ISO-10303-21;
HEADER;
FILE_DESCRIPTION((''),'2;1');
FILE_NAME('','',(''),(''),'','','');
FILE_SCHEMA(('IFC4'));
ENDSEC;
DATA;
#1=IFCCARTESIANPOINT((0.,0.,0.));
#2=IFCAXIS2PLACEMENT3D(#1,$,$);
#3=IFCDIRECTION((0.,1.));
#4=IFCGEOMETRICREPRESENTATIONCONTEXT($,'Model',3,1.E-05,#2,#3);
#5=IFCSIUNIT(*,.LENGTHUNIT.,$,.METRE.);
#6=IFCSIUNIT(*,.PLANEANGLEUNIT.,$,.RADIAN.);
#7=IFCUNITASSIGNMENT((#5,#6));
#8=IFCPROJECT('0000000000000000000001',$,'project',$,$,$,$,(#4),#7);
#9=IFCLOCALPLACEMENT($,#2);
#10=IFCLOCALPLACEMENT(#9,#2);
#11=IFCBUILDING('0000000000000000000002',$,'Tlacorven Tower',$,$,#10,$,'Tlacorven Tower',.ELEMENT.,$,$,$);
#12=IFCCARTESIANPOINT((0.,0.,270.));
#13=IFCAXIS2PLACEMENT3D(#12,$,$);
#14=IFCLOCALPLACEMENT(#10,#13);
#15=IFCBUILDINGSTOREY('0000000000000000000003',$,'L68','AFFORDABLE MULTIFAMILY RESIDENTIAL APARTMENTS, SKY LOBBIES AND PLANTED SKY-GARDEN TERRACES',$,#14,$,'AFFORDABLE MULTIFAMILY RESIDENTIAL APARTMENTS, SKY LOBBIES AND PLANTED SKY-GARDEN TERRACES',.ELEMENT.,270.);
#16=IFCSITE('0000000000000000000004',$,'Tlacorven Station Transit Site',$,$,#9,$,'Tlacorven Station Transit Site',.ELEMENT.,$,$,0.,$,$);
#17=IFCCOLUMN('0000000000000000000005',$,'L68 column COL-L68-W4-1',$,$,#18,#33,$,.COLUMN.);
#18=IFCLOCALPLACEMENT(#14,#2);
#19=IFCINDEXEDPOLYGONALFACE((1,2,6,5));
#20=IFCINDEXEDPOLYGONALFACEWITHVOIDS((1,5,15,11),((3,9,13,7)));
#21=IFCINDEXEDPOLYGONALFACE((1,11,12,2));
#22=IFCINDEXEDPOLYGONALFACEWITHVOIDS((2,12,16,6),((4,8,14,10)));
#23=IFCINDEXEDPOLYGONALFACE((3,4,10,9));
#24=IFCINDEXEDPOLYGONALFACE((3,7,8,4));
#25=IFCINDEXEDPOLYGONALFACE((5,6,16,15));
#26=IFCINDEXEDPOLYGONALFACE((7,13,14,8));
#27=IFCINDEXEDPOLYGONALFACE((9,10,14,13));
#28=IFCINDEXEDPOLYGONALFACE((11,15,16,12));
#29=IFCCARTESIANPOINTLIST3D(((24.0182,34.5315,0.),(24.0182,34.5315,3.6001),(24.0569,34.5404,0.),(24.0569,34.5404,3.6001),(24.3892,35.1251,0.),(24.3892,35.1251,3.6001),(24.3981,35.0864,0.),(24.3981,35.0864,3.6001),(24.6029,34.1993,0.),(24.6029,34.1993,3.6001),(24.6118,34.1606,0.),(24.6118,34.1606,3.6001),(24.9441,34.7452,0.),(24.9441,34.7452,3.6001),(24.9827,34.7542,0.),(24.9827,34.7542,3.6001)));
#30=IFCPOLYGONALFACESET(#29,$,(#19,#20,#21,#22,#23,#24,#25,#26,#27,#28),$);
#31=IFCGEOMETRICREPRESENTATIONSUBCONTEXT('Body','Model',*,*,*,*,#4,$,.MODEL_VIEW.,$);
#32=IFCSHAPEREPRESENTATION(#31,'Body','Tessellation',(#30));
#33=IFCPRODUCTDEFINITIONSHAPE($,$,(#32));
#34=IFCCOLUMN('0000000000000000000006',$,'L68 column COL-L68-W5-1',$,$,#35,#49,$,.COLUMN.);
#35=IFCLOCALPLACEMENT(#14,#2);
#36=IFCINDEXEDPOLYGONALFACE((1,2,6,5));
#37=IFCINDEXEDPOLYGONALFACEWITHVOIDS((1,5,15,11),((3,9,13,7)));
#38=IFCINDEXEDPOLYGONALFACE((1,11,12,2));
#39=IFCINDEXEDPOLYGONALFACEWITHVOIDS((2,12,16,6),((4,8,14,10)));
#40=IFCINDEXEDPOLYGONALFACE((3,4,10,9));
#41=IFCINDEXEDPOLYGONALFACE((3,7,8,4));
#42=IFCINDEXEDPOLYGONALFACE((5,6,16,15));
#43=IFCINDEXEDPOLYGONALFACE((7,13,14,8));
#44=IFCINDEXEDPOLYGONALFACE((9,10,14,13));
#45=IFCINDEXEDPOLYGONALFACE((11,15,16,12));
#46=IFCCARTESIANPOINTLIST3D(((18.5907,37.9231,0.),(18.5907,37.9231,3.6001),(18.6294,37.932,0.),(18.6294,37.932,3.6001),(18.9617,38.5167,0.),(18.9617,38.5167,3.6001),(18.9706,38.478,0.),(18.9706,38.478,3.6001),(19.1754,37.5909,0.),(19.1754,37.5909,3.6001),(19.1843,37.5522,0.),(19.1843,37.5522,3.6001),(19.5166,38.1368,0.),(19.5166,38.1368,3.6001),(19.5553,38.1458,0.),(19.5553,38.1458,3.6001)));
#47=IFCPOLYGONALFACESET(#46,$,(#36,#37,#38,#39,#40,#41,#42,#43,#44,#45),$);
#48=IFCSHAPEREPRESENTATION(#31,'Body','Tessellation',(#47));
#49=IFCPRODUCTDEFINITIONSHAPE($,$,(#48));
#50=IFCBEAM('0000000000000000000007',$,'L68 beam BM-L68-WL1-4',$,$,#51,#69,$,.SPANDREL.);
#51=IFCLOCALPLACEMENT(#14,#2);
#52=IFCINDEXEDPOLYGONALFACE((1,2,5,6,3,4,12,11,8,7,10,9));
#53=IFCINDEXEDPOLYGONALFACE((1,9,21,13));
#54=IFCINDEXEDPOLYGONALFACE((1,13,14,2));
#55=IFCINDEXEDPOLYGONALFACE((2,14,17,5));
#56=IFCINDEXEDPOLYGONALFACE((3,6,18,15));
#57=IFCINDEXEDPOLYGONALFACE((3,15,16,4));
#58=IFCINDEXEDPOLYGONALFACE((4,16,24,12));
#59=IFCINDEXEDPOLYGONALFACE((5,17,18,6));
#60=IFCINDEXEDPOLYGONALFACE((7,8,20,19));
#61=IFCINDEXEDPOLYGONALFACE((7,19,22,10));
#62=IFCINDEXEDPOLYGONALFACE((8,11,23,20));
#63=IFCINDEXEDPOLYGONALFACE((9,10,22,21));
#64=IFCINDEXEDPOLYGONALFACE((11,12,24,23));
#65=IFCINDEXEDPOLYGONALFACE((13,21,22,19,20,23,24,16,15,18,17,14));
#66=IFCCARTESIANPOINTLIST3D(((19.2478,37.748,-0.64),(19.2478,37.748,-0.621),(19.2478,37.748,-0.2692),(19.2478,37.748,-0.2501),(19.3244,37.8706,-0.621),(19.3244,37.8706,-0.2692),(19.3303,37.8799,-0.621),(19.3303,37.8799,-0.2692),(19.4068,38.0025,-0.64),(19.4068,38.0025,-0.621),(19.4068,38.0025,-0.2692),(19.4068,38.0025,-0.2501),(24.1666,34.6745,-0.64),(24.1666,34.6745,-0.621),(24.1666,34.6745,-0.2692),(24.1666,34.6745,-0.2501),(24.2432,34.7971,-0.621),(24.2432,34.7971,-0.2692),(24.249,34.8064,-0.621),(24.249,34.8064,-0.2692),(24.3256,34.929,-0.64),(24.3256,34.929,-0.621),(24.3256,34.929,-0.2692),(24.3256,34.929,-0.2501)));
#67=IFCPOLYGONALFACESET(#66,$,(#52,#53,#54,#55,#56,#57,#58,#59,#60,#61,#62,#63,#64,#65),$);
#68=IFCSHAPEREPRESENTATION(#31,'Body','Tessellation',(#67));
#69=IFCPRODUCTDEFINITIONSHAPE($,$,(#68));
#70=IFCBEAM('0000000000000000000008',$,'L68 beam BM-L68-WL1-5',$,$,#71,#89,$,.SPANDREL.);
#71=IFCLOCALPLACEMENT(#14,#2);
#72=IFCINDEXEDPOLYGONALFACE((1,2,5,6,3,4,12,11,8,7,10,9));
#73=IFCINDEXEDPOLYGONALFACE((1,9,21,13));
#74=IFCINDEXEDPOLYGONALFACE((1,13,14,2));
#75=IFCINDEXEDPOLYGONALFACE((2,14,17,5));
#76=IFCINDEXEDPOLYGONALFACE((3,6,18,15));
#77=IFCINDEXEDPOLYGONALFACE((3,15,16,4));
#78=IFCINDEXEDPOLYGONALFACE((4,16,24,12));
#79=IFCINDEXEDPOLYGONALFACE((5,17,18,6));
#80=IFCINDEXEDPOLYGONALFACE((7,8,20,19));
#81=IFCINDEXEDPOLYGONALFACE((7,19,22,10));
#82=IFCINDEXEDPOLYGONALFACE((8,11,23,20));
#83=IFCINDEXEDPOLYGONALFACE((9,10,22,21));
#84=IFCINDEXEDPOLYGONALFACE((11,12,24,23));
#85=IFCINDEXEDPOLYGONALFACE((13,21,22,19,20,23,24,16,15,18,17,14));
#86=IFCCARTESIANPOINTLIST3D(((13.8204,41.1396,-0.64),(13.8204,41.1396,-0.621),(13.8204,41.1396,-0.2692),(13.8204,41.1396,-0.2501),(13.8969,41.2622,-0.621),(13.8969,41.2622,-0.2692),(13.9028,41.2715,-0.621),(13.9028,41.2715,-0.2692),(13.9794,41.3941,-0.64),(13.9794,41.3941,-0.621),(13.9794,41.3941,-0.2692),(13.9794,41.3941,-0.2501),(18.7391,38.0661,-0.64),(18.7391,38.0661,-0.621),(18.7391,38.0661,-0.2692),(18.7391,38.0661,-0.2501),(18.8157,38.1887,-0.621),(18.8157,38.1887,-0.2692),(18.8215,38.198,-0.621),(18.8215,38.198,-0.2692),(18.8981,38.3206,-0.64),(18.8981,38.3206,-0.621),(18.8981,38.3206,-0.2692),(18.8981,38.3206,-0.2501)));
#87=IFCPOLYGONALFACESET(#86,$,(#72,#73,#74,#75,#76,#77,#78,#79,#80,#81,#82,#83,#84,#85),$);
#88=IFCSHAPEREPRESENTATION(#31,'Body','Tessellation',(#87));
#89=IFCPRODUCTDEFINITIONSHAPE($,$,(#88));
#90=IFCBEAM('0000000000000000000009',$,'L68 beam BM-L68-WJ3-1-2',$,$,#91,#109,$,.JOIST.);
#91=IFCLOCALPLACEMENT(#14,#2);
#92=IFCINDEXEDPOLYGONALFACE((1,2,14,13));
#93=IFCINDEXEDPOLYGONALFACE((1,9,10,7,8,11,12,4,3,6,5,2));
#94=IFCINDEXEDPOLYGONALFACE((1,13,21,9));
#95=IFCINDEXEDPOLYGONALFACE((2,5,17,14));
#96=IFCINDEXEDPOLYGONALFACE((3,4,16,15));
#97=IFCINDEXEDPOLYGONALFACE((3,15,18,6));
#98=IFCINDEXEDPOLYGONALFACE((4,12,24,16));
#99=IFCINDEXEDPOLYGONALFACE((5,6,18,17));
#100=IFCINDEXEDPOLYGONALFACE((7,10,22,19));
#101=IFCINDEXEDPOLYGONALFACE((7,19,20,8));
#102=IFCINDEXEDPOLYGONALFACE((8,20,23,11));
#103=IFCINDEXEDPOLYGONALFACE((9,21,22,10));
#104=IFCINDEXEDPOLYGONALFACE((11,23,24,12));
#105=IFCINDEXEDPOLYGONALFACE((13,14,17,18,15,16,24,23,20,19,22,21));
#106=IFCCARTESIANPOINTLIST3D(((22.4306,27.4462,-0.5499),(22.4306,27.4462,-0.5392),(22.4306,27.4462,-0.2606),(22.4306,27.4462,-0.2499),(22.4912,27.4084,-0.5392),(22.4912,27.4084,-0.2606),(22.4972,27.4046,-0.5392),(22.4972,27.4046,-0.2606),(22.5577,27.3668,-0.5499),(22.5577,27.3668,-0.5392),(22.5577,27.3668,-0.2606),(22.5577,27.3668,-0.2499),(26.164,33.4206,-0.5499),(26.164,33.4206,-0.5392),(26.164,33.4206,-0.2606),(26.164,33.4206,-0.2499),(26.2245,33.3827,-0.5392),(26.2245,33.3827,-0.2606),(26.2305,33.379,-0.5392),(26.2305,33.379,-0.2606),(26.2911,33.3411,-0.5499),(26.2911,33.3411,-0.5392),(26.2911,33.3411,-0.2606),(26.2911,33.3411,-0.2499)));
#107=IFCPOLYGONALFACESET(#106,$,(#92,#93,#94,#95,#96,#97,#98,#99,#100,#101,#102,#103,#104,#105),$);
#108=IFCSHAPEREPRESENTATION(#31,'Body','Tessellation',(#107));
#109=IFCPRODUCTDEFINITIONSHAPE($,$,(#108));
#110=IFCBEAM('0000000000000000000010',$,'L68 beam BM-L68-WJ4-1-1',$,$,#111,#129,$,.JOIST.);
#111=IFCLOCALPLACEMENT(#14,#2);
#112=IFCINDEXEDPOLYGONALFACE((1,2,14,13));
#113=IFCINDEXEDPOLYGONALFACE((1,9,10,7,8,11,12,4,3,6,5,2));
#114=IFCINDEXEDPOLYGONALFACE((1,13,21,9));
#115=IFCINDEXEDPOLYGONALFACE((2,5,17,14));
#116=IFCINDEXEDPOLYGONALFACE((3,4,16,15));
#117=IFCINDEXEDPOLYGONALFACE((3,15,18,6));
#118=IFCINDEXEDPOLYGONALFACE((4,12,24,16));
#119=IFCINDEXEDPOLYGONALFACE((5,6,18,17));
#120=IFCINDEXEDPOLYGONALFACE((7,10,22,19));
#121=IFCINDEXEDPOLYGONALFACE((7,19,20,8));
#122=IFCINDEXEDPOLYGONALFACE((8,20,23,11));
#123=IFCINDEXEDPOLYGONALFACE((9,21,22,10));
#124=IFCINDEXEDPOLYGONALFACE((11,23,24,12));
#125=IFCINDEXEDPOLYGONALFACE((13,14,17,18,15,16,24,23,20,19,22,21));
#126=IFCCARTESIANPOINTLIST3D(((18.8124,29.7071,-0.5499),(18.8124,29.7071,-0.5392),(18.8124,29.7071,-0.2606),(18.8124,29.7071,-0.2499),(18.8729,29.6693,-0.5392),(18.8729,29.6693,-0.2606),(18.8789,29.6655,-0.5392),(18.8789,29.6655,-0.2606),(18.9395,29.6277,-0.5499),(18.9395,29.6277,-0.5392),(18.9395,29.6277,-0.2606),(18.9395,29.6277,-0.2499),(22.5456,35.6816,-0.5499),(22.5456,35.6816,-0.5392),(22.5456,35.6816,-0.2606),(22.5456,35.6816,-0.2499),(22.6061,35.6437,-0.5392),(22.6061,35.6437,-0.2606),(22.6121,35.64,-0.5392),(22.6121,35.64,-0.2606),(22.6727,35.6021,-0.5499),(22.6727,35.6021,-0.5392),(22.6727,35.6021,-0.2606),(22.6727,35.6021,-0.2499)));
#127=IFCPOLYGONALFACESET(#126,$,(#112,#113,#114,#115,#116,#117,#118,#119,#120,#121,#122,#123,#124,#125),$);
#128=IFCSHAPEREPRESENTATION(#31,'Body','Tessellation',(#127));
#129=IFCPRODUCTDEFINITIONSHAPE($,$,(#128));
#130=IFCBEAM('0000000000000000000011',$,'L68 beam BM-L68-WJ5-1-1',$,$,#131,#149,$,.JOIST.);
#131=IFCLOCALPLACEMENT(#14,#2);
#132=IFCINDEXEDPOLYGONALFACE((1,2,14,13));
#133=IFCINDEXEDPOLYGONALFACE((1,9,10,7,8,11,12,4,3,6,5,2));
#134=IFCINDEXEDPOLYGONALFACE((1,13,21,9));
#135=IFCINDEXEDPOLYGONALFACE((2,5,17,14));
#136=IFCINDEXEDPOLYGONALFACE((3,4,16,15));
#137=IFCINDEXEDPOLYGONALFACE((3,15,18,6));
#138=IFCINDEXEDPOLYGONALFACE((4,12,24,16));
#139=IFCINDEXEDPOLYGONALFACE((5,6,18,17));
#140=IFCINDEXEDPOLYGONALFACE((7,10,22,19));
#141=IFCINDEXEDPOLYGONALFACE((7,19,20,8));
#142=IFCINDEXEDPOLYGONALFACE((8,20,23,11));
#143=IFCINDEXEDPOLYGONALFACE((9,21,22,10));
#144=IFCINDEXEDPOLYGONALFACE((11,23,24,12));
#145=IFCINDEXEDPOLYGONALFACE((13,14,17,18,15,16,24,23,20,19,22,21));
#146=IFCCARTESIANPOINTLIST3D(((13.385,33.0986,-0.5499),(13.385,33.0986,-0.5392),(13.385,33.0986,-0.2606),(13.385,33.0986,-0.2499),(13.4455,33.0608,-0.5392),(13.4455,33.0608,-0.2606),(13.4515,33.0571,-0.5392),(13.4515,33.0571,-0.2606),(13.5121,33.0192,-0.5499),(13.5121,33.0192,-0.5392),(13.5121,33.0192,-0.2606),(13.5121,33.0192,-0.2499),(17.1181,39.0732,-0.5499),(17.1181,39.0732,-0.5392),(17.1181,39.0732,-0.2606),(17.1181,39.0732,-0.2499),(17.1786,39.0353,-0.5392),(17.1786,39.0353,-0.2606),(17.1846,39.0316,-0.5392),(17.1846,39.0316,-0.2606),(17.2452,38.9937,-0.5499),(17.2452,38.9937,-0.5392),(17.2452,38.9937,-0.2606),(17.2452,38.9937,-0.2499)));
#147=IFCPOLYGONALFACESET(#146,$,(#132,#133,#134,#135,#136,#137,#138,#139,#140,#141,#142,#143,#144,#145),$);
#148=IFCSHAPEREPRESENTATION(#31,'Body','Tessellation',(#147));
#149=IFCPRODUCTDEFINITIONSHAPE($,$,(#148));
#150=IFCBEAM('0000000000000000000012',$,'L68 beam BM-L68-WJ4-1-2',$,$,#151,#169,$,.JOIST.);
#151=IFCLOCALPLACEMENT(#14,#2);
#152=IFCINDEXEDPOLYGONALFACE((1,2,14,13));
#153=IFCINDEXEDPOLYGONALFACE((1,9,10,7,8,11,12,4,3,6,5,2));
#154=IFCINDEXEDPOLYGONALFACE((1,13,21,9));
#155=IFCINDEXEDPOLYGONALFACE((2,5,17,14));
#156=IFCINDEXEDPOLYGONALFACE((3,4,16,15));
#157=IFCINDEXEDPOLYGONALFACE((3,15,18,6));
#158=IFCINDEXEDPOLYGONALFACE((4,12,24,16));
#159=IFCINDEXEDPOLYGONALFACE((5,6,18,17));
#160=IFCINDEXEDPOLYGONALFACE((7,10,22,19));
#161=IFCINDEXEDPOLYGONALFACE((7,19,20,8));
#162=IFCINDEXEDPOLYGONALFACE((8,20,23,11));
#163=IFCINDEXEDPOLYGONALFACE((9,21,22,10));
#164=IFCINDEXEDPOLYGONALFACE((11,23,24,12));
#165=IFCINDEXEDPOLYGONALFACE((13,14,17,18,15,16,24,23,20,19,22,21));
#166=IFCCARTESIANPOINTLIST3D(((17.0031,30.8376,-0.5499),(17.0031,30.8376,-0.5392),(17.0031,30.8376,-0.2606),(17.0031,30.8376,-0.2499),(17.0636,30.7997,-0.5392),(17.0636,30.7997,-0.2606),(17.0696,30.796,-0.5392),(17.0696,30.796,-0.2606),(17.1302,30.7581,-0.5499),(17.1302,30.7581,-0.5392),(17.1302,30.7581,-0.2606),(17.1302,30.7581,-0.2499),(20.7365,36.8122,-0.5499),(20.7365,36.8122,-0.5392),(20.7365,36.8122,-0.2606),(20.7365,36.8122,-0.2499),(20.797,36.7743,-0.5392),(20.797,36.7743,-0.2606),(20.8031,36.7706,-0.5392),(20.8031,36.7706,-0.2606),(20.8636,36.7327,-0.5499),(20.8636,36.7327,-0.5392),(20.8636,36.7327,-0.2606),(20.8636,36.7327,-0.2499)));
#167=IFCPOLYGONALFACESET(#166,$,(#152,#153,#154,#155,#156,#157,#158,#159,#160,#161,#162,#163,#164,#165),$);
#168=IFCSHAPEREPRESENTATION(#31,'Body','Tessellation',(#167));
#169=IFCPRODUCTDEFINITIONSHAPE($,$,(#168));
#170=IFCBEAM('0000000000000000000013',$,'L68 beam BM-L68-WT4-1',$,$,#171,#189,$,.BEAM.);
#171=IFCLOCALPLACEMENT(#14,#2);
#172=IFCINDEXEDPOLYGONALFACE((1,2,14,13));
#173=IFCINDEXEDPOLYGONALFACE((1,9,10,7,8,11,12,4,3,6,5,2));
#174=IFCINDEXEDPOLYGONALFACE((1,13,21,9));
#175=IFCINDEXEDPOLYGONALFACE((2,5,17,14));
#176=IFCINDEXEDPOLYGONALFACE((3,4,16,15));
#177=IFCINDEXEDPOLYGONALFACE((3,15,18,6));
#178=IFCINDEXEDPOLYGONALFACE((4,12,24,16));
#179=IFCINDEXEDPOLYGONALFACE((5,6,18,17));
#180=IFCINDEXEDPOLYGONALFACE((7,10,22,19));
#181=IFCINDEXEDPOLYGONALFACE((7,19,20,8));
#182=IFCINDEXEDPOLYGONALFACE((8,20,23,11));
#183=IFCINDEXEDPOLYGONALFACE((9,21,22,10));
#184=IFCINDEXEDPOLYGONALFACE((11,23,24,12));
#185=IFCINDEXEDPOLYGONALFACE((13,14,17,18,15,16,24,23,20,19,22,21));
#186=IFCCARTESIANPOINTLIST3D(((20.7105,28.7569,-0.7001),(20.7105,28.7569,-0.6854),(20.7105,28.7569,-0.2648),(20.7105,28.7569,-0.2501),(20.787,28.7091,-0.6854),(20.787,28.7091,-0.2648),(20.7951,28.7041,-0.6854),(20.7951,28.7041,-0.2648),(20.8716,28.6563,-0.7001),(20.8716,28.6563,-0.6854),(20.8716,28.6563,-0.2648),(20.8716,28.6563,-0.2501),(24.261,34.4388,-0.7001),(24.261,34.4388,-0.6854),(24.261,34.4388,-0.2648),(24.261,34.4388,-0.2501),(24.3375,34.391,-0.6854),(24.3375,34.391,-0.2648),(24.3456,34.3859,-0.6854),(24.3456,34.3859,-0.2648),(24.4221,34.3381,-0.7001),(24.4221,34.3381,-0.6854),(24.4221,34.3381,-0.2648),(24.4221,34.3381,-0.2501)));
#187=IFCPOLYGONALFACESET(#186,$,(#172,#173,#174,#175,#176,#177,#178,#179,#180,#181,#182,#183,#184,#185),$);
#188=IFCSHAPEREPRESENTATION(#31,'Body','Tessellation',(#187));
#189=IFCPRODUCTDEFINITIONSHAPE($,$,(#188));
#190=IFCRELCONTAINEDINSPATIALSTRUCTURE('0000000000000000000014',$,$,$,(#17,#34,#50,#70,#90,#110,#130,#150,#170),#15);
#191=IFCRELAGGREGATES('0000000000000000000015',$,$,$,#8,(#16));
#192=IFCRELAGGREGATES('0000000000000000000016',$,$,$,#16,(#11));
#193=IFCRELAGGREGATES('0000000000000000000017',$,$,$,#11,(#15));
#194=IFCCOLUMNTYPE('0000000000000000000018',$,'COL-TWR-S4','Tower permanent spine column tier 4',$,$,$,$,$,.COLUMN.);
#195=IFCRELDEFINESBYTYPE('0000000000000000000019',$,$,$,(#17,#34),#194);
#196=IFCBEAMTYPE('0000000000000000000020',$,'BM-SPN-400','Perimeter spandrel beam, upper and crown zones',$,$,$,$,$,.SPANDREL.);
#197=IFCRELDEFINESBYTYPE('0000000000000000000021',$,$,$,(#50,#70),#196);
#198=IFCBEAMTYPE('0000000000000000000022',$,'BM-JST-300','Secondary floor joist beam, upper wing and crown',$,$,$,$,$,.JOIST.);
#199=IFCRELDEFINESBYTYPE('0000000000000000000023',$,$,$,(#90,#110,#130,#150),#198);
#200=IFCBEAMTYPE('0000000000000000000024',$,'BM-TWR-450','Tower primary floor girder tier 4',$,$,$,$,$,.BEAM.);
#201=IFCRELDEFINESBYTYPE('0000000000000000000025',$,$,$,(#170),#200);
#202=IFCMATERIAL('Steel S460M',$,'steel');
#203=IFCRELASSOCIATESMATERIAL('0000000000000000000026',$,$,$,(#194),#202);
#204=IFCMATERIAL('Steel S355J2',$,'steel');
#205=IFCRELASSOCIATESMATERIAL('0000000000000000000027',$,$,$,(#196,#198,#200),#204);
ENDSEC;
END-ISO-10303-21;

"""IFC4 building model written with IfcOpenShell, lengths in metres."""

from ifc_helpers import new_model, si_unit, direction, frame, origin, origin_2d, place, context, subcontext, project, spatial, hollow_rectangle, i_section, extrude, source, transform, mapped, material, material_profile, profile_set, type_object, element, save


model = new_model("IFC4")

# Units and contexts
model_context = context("Model", 3, precision=1e-05, world=origin(), true_north=direction((0.0, 1.0)))
body_context = subcontext(model_context, "Body", "Model", "MODEL_VIEW")
ifc_project = project(units=[si_unit("LENGTHUNIT", "METRE"), si_unit("PLANEANGLEUNIT", "RADIAN")], contexts=[model_context])

# Site, building, storey
site_placement = place(None, origin())
site = spatial("IfcSite", under=ifc_project, at=site_placement, Name="Tlacorven Station Transit Site", LongName="Tlacorven Station Transit Site", CompositionType="ELEMENT", RefElevation=0.0)
building_placement = place(site_placement, origin())
building = spatial("IfcBuilding", under=site, at=building_placement, Name="Tlacorven Tower", LongName="Tlacorven Tower", CompositionType="ELEMENT")
storey_placement = place(building_placement, frame((0.0, 0.0, 270.0)))
storey = spatial("IfcBuildingStorey", under=building, at=storey_placement, Name="L68", Description="AFFORDABLE MULTIFAMILY RESIDENTIAL APARTMENTS, SKY LOBBIES AND PLANTED SKY-GARDEN TERRACES", LongName="AFFORDABLE MULTIFAMILY RESIDENTIAL APARTMENTS, SKY LOBBIES AND PLANTED SKY-GARDEN TERRACES", CompositionType="ELEMENT", Elevation=270.0)

# Columns
ifc_material_1 = material(Name="Steel S460M", Category="steel")
ifc_material_profile_1 = material_profile(ifc_material_1, hollow_rectangle(XDim=0.7, YDim=0.7, WallThickness=0.0281, at=origin_2d()), Name="BOX 700X700X28")
ifc_profile_set_1 = profile_set([ifc_material_profile_1], Name="Steel S460M")
column_type = type_object("IfcColumnType", Name="COL-TWR-S4", Description="Tower permanent spine column tier 4", PredefinedType="COLUMN", material=ifc_profile_set_1)
shared_shape_1 = source(origin(), body_context, "Body", "SweptSolid", [
    extrude(hollow_rectangle(XDim=0.7, YDim=0.7, WallThickness=0.0281, at=origin_2d()), origin(), (0.0, 0.0, 1.0), 3.6001),
])
for number, where, z_axis, x_axis, name in (
    (1, (24.5005, 34.6428, 0.0), (0.0, 0.0, 1.0), (-0.848048, 0.529919, 0.0), "L68 column COL-L68-W4-1"),
    (2, (19.073, 38.0344, 0.0), (0.0, 0.0, 1.0), (-0.848048, 0.529919, 0.0), "L68 column COL-L68-W5-1"),
):
    element("IfcColumn", number, at=place(storey_placement, frame(where, z_axis=z_axis, x_axis=x_axis)), inside=storey, type_object=column_type, Name=name, PredefinedType="COLUMN", context=body_context, shape_type="MappedRepresentation", body=[
        mapped(shared_shape_1, transform((0.0, 0.0, 0.0), scale=1.0)),
    ])

# Beams
ifc_material_2 = material(Name="Steel S355J2", Category="steel")
ifc_material_profile_2 = material_profile(ifc_material_2, i_section(OverallWidth=0.3, OverallDepth=0.3899, WebThickness=0.011, FlangeThickness=0.019, at=origin_2d()), Name="HEA 400")
ifc_profile_set_2 = profile_set([ifc_material_profile_2], Name="Steel S355J2")
beam_type_1 = type_object("IfcBeamType", Name="BM-SPN-400", Description="Perimeter spandrel beam, upper and crown zones", PredefinedType="SPANDREL", material=ifc_profile_set_2)
shared_shape_2 = source(origin(), body_context, "Body", "SweptSolid", [
    extrude(i_section(OverallWidth=0.3, OverallDepth=0.3899, WebThickness=0.011, FlangeThickness=0.019, at=origin_2d()), origin(), (0.0, 0.0, 1.0), 5.8),
])
for number, where, z_axis, x_axis, name in (
    (3, (24.2461, 34.8018, -0.4451), (-0.848053, 0.529912, 0.0), (-0.529912, -0.848053, 0.0), "L68 beam BM-L68-WL1-4"),
    (4, (18.8186, 38.1934, -0.4451), (-0.848053, 0.529912, 0.0), (-0.529912, -0.848053, 0.0), "L68 beam BM-L68-WL1-5"),
):
    element("IfcBeam", number, at=place(storey_placement, frame(where, z_axis=z_axis, x_axis=x_axis)), inside=storey, type_object=beam_type_1, Name=name, PredefinedType="SPANDREL", context=body_context, shape_type="MappedRepresentation", body=[
        mapped(shared_shape_2, transform((0.0, 0.0, 0.0), scale=1.0)),
    ])
ifc_material_profile_3 = material_profile(ifc_material_2, i_section(OverallWidth=0.1499, OverallDepth=0.3, WebThickness=0.0071, FlangeThickness=0.0107, at=origin_2d()), Name="IPE 300")
ifc_profile_set_3 = profile_set([ifc_material_profile_3], Name="Steel S355J2")
beam_type_2 = type_object("IfcBeamType", Name="BM-JST-300", Description="Secondary floor joist beam, upper wing and crown", PredefinedType="JOIST", material=ifc_profile_set_3)
shared_shape_3 = source(origin(), body_context, "Body", "SweptSolid", [
    extrude(i_section(OverallWidth=0.1499, OverallDepth=0.3, WebThickness=0.0071, FlangeThickness=0.0107, at=origin_2d()), origin(), (0.0, 0.0, 1.0), 7.0449),
])
for number, where, z_axis, x_axis, name in (
    (5, (26.2275, 33.3809, -0.3999), (-0.52994, -0.848035, 0.0), (0.848035, -0.52994, 0.0), "L68 beam BM-L68-WJ3-1-2"),
    (6, (22.6091, 35.6418, -0.3999), (-0.529915, -0.848051, 0.0), (0.848051, -0.529915, 0.0), "L68 beam BM-L68-WJ4-1-1"),
    (7, (17.1816, 39.0334, -0.3999), (-0.529899, -0.848061, 0.0), (0.848061, -0.529899, 0.0), "L68 beam BM-L68-WJ5-1-1"),
):
    element("IfcBeam", number, at=place(storey_placement, frame(where, z_axis=z_axis, x_axis=x_axis)), inside=storey, type_object=beam_type_2, Name=name, PredefinedType="JOIST", context=body_context, shape_type="MappedRepresentation", body=[
        mapped(shared_shape_3, transform((0.0, 0.0, 0.0), scale=1.0)),
    ])
shared_shape_4 = source(origin(), body_context, "Body", "SweptSolid", [
    extrude(i_section(OverallWidth=0.1499, OverallDepth=0.3, WebThickness=0.0071, FlangeThickness=0.0107, at=origin_2d()), origin(), (0.0, 0.0, 1.0), 7.0452),
])
beam_1_placement = place(storey_placement, frame((20.8, 36.7725, -0.3999), z_axis=(-0.529924, -0.848045, 0.0), x_axis=(0.848045, -0.529924, 0.0)))
element("IfcBeam", 8, at=beam_1_placement, inside=storey, type_object=beam_type_2, Name="L68 beam BM-L68-WJ4-1-2", PredefinedType="JOIST", context=body_context, shape_type="MappedRepresentation", body=[
    mapped(shared_shape_4, transform((0.0, 0.0, 0.0), scale=1.0)),
])
ifc_material_profile_4 = material_profile(ifc_material_2, i_section(OverallWidth=0.1899, OverallDepth=0.45, WebThickness=0.0095, FlangeThickness=0.0146, at=origin_2d()), Name="IPE 450")
ifc_profile_set_4 = profile_set([ifc_material_profile_4], Name="Steel S355J2")
beam_type_3 = type_object("IfcBeamType", Name="BM-TWR-450", Description="Tower primary floor girder tier 4", PredefinedType="BEAM", material=ifc_profile_set_4)
shared_shape_5 = source(origin(), body_context, "Body", "SweptSolid", [
    extrude(i_section(OverallWidth=0.1899, OverallDepth=0.45, WebThickness=0.0095, FlangeThickness=0.0146, at=origin_2d()), origin(), (0.0, 0.0, 1.0), 6.7),
])
beam_2_placement = place(storey_placement, frame((24.3416, 34.3884, -0.4751), z_axis=(-0.52993, -0.848041, 0.0), x_axis=(0.848041, -0.52993, 0.0)))
element("IfcBeam", 9, at=beam_2_placement, inside=storey, type_object=beam_type_3, Name="L68 beam BM-L68-WT4-1", PredefinedType="BEAM", context=body_context, shape_type="MappedRepresentation", body=[
    mapped(shared_shape_5, transform((0.0, 0.0, 0.0), scale=1.0)),
])

save(model, "model.ifc")
